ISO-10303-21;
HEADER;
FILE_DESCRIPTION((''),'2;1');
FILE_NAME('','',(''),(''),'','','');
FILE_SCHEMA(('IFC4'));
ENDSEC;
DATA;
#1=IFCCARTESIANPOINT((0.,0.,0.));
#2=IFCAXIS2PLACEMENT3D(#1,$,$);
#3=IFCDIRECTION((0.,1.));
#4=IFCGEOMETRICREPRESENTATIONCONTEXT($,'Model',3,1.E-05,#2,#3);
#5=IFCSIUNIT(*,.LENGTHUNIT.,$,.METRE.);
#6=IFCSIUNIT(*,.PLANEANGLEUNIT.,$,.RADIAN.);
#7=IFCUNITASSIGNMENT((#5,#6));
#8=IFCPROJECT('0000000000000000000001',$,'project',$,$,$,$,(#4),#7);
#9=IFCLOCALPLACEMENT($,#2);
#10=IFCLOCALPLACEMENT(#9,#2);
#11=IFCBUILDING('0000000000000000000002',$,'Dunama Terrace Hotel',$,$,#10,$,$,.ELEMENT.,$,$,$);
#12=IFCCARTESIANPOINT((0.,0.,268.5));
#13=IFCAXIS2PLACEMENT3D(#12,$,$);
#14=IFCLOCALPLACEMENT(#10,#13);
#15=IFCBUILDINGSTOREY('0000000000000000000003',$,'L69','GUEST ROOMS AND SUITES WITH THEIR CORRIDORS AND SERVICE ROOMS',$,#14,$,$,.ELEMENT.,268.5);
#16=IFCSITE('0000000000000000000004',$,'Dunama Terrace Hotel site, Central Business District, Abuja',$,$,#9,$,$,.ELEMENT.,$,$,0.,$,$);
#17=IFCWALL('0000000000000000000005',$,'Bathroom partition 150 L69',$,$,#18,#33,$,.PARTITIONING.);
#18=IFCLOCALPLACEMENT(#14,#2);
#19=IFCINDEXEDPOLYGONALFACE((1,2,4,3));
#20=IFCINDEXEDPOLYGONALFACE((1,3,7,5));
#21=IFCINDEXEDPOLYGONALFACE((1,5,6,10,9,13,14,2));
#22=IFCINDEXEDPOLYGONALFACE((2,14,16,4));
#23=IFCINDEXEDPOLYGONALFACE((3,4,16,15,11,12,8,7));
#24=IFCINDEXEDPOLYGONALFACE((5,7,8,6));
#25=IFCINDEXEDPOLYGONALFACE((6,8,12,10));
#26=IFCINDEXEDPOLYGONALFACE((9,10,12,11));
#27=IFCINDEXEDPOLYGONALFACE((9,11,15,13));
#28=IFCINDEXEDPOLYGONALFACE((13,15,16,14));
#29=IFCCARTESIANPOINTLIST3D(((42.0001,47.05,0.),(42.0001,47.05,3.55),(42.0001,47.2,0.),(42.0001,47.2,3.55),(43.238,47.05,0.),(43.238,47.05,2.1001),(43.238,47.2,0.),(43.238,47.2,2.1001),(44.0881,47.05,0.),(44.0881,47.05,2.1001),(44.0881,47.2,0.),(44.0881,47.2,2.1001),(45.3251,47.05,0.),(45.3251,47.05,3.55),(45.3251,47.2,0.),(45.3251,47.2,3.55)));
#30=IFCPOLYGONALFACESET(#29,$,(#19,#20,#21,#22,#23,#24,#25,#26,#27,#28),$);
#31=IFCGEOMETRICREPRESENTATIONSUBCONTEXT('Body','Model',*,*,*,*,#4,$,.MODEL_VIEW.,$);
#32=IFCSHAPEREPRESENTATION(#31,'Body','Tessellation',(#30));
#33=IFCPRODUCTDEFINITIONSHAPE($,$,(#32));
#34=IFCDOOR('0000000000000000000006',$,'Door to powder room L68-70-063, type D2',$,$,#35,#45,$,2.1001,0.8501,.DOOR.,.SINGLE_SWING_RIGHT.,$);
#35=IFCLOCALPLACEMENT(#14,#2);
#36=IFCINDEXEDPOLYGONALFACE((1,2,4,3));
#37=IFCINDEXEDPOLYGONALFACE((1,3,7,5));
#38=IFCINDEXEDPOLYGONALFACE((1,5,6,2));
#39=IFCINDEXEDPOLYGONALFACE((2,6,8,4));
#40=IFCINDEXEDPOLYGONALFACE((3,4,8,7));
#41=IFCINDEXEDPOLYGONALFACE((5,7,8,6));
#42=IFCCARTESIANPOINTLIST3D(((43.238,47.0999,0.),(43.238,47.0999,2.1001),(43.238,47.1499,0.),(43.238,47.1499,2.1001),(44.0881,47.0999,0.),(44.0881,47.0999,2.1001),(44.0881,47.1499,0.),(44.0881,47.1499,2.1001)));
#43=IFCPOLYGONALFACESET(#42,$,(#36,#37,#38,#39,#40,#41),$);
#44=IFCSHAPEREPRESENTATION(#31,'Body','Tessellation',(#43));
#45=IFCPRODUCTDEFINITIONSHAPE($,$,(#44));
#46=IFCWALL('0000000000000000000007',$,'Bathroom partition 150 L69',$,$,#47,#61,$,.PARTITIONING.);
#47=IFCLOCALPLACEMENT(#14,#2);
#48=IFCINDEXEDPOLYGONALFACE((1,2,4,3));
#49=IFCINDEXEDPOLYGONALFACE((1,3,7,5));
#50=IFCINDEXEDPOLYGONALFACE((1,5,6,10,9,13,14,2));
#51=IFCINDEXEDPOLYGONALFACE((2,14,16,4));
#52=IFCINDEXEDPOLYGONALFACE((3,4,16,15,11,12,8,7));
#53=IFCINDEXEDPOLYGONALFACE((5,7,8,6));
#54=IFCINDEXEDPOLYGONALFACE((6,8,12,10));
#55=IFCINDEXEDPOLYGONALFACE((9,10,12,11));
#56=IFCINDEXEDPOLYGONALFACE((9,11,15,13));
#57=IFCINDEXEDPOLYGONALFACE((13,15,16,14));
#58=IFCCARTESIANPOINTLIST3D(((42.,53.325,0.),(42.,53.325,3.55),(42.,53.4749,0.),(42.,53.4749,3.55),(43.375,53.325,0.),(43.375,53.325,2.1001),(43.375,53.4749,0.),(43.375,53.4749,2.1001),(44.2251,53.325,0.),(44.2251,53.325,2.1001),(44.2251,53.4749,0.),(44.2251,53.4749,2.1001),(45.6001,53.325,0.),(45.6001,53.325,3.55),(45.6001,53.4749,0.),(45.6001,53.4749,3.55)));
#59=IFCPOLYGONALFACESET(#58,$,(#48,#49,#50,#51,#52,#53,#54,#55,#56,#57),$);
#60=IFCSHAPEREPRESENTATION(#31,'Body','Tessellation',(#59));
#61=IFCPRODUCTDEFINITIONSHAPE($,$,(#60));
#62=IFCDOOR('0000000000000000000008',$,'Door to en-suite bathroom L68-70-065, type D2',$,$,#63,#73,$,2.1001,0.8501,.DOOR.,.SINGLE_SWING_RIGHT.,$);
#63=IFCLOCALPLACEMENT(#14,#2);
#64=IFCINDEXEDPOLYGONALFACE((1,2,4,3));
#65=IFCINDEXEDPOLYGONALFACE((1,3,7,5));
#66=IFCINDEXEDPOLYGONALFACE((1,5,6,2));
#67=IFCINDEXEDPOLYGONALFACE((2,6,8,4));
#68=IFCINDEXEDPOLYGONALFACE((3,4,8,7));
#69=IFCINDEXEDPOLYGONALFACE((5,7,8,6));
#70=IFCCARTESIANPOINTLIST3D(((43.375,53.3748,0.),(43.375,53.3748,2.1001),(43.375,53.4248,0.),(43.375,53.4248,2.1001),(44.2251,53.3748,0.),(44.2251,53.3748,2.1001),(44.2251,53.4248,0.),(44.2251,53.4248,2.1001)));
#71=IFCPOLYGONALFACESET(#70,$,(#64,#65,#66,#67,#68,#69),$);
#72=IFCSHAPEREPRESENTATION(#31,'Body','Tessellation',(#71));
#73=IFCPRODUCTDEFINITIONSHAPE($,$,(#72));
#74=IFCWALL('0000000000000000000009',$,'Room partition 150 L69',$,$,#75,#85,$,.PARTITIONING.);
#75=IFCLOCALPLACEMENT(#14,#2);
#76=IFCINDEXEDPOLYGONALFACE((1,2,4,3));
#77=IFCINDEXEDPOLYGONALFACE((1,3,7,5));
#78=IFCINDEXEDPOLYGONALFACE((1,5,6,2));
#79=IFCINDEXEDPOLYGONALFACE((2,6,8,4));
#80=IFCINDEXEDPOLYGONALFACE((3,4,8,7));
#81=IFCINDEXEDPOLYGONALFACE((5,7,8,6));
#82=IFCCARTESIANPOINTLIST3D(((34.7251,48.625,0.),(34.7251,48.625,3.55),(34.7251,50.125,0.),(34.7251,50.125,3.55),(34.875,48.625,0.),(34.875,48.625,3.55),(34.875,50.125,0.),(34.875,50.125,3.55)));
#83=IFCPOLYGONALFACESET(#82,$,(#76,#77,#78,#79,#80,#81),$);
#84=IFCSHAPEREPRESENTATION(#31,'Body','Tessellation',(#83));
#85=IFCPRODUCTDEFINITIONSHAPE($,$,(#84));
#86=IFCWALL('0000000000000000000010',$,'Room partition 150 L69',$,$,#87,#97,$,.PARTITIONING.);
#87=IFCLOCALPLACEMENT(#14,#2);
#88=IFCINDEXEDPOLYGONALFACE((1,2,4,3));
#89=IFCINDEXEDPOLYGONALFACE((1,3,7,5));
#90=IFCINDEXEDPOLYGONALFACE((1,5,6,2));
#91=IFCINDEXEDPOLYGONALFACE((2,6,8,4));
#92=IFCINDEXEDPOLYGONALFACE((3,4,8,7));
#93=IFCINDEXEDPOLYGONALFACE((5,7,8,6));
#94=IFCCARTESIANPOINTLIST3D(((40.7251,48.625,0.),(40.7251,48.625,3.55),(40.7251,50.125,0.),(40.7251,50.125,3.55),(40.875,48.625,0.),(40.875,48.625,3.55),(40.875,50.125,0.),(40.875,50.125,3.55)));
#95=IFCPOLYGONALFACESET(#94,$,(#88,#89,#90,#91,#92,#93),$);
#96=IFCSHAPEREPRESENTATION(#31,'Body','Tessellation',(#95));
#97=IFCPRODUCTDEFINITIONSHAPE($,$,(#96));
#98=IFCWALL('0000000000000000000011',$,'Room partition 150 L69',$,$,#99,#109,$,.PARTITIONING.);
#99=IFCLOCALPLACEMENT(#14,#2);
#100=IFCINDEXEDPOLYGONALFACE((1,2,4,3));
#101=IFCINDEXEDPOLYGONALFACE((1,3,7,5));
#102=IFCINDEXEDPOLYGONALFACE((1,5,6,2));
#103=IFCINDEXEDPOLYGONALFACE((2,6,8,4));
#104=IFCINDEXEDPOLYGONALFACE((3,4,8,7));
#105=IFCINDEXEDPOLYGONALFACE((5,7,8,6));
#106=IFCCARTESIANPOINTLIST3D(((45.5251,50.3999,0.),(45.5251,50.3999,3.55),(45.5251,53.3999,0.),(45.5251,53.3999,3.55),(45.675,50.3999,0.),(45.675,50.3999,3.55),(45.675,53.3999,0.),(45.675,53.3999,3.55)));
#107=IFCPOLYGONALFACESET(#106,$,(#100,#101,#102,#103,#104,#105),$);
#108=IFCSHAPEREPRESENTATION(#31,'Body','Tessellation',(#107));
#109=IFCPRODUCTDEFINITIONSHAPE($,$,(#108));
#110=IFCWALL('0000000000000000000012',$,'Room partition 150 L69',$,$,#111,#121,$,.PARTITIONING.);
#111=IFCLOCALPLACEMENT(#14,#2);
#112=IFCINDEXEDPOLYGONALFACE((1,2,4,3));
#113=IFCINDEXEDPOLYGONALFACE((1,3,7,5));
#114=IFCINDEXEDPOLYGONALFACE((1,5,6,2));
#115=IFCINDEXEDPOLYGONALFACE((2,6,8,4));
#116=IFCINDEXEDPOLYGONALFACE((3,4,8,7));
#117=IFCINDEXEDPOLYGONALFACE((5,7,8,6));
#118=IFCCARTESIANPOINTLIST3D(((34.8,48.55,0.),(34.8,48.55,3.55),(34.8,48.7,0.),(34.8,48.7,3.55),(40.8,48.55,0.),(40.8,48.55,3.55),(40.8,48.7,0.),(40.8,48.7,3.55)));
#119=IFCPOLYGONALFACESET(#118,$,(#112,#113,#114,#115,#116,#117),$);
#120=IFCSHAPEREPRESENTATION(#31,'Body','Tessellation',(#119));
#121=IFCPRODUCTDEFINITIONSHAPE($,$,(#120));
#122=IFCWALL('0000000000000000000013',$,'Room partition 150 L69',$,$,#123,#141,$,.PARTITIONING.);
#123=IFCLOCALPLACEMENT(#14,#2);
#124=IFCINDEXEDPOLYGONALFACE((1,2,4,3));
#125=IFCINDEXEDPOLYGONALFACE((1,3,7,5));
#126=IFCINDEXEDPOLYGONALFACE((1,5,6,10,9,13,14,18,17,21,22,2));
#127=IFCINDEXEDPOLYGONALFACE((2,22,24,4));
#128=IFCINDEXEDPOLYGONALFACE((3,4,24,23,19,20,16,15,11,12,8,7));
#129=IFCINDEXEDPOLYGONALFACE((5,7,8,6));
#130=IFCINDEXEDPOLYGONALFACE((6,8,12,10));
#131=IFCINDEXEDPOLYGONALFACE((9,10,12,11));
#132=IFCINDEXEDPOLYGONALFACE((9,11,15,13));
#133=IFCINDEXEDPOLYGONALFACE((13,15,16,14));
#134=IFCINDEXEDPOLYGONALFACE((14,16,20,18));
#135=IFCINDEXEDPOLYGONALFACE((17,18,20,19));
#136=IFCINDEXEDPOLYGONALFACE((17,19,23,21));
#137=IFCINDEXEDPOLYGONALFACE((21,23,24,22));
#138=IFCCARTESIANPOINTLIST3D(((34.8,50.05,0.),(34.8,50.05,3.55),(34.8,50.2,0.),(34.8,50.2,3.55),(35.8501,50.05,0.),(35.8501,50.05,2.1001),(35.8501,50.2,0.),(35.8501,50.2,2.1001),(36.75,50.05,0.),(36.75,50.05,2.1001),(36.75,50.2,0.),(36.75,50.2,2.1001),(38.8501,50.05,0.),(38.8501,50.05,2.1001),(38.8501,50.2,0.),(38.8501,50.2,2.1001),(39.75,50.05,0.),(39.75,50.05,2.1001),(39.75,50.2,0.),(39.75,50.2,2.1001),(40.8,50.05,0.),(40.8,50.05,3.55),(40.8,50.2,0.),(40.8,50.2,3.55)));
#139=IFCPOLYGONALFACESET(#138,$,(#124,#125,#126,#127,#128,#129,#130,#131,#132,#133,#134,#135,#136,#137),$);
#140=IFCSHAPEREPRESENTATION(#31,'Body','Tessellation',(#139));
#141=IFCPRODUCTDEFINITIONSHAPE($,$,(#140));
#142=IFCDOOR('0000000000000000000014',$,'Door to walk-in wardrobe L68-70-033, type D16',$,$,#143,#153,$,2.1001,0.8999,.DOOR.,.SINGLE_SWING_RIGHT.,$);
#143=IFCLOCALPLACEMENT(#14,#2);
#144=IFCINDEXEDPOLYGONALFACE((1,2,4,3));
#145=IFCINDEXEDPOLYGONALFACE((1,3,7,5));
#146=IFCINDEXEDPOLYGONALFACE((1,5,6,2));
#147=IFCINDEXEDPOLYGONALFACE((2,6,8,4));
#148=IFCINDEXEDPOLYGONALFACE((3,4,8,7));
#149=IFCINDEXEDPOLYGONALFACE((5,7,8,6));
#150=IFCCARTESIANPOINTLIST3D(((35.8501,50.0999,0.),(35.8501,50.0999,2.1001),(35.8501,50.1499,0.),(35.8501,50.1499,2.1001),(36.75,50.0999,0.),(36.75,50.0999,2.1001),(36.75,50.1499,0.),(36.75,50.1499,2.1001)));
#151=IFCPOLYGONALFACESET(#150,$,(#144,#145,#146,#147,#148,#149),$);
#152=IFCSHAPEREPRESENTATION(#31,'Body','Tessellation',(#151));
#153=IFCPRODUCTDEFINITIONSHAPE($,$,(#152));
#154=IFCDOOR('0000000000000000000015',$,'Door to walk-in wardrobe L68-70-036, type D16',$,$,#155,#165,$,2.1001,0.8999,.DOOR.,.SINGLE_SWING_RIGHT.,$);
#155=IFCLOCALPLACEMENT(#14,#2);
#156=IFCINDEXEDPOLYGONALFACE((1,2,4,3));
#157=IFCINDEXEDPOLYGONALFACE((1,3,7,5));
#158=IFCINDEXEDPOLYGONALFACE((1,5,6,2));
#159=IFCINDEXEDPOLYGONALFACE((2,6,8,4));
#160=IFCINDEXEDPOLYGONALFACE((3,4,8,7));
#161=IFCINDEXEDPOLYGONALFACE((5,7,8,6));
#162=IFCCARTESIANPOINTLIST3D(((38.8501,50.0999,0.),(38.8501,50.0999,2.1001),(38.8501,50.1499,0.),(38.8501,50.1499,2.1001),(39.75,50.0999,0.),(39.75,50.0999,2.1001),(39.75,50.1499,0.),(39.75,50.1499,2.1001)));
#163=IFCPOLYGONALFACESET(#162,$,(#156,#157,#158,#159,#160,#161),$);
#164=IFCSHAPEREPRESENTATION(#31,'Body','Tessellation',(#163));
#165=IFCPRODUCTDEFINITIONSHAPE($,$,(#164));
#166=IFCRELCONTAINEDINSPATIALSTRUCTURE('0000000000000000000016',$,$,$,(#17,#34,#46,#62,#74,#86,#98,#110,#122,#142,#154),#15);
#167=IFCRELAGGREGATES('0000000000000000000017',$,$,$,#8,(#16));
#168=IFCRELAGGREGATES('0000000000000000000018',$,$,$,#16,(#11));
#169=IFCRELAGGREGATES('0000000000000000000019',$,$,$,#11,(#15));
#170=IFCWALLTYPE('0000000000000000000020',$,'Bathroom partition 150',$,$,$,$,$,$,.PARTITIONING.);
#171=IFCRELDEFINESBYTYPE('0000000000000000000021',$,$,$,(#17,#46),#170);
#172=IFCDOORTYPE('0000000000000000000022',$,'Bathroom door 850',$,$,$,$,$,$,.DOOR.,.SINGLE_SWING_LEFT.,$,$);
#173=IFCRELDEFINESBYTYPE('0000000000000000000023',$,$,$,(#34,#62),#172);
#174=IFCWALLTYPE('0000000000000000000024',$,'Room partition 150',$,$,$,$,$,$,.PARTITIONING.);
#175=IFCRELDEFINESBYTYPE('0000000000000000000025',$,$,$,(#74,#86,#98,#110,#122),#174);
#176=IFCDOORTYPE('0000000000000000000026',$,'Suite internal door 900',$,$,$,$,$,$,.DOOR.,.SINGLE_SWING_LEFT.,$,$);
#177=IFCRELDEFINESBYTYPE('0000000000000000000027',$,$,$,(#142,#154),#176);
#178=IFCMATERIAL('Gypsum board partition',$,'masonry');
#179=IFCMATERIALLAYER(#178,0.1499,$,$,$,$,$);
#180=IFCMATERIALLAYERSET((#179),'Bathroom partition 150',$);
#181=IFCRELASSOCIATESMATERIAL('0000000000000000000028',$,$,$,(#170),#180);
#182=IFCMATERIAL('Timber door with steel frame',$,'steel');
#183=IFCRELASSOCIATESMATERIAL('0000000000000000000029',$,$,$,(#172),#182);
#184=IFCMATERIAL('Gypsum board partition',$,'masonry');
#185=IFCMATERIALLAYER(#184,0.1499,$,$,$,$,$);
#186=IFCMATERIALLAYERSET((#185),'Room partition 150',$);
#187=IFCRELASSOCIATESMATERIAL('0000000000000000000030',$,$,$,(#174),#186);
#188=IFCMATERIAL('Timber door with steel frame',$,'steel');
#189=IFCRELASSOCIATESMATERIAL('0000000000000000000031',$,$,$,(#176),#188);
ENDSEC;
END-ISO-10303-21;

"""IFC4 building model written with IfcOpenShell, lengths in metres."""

from ifc_helpers import new_model, si_unit, direction, frame, frame_2d, origin, place, context, subcontext, project, spatial, rectangle, extrude, material, layer, layer_set, type_object, element, fill, save


model = new_model("IFC4")

# Units and contexts
model_context = context("Model", 3, precision=1e-05, world=origin(), true_north=direction((0.0, 1.0)))
body_context = subcontext(model_context, "Body", "Model", "MODEL_VIEW")
ifc_project = project(units=[si_unit("LENGTHUNIT", "METRE"), si_unit("PLANEANGLEUNIT", "RADIAN")], contexts=[model_context])

# Site, building, storey
site_placement = place(None, origin())
site = spatial("IfcSite", under=ifc_project, at=site_placement, Name="Dunama Terrace Hotel site, Central Business District, Abuja", CompositionType="ELEMENT", RefElevation=0.0)
building_placement = place(site_placement, origin())
building = spatial("IfcBuilding", under=site, at=building_placement, Name="Dunama Terrace Hotel", CompositionType="ELEMENT")
storey_placement = place(building_placement, frame((0.0, 0.0, 268.5)))
storey = spatial("IfcBuildingStorey", under=building, at=storey_placement, Name="L69", Description="GUEST ROOMS AND SUITES WITH THEIR CORRIDORS AND SERVICE ROOMS", CompositionType="ELEMENT", Elevation=268.5)

# Shared definitions
ifc_material_1 = material(Name="Gypsum board partition", Category="masonry")
ifc_layer_1 = layer(ifc_material_1, 0.1499)
ifc_layer_set_1 = layer_set([ifc_layer_1], Name="Bathroom partition 150")
wall_type_1 = type_object("IfcWallType", Name="Bathroom partition 150", PredefinedType="PARTITIONING", material=ifc_layer_set_1)

# Walls, openings, doors
wall_1_placement = place(storey_placement, frame((42.0, 47.125, 0.0), z_axis=(0.0, 0.0, 1.0), x_axis=(1.0, 0.0, 0.0)))
wall_1 = element("IfcWall", 1, at=wall_1_placement, inside=storey, type_object=wall_type_1, Name="Bathroom partition 150 L69", PredefinedType="PARTITIONING", context=body_context, shape_type="SweptSolid", body=[
    extrude(rectangle(XDim=3.325, YDim=0.1499, at=frame_2d((1.6626, 0.0))), origin(), (0.0, 0.0, 1.0), 3.55),
])
opening_1_placement = place(wall_1_placement, frame((1.238, 0.0, 0.0)))
opening_1 = element("IfcOpeningElement", 2, at=opening_1_placement, cuts=wall_1, PredefinedType="OPENING", context=body_context, shape_type="SweptSolid", body=[
    extrude(rectangle(XDim=0.8501, YDim=2.1001, at=frame_2d((0.425, 1.05))), frame((0.0, 0.085, 0.0), z_axis=(0.0, -1.0, 0.0), x_axis=(1.0, 0.0, 0.0)), (0.0, 0.0, 1.0), 0.1699),
])
ifc_material_2 = material(Name="Timber door with steel frame", Category="steel")
door_type_1 = type_object("IfcDoorType", Name="Bathroom door 850", OperationType="SINGLE_SWING_LEFT", PredefinedType="DOOR", material=ifc_material_2)
door_1_placement = place(opening_1_placement, frame((0.8501, 0.0, 0.0), z_axis=(0.0, 0.0, 1.0), x_axis=(-1.0, 0.0, 0.0)))
door_1 = element("IfcDoor", 3, at=door_1_placement, inside=storey, type_object=door_type_1, Name="Door to powder room L68-70-063, type D2", OperationType="SINGLE_SWING_RIGHT", OverallHeight=2.1001, OverallWidth=0.8501, PredefinedType="DOOR", context=body_context, shape_type="SweptSolid", body=[
    extrude(rectangle(XDim=0.8501, YDim=2.1001, at=frame_2d((0.425, 1.05))), frame((0.0, 0.0251, 0.0), z_axis=(0.0, -1.0, 0.0), x_axis=(1.0, 0.0, 0.0)), (0.0, 0.0, 1.0), 0.05),
])
fill(opening_1, door_1)
wall_2_placement = place(storey_placement, frame((42.0, 53.3999, 0.0), z_axis=(0.0, 0.0, 1.0), x_axis=(1.0, 0.0, 0.0)))
wall_2 = element("IfcWall", 4, at=wall_2_placement, inside=storey, type_object=wall_type_1, Name="Bathroom partition 150 L69", PredefinedType="PARTITIONING", context=body_context, shape_type="SweptSolid", body=[
    extrude(rectangle(XDim=3.6001, YDim=0.1499, at=frame_2d((1.8, 0.0))), origin(), (0.0, 0.0, 1.0), 3.55),
])
opening_2_placement = place(wall_2_placement, frame((1.375, 0.0, 0.0)))
opening_2 = element("IfcOpeningElement", 5, at=opening_2_placement, cuts=wall_2, PredefinedType="OPENING", context=body_context, shape_type="SweptSolid", body=[
    extrude(rectangle(XDim=0.8501, YDim=2.1001, at=frame_2d((0.425, 1.05))), frame((0.0, 0.085, 0.0), z_axis=(0.0, -1.0, 0.0), x_axis=(1.0, 0.0, 0.0)), (0.0, 0.0, 1.0), 0.1699),
])
door_2_placement = place(opening_2_placement, frame((0.8501, 0.0, 0.0), z_axis=(0.0, 0.0, 1.0), x_axis=(-1.0, 0.0, 0.0)))
door_2 = element("IfcDoor", 6, at=door_2_placement, inside=storey, type_object=door_type_1, Name="Door to en-suite bathroom L68-70-065, type D2", OperationType="SINGLE_SWING_RIGHT", OverallHeight=2.1001, OverallWidth=0.8501, PredefinedType="DOOR", context=body_context, shape_type="SweptSolid", body=[
    extrude(rectangle(XDim=0.8501, YDim=2.1001, at=frame_2d((0.425, 1.05))), frame((0.0, 0.0251, 0.0), z_axis=(0.0, -1.0, 0.0), x_axis=(1.0, 0.0, 0.0)), (0.0, 0.0, 1.0), 0.05),
])
fill(opening_2, door_2)

# Walls
ifc_material_3 = material(Name="Gypsum board partition", Category="masonry")
ifc_layer_2 = layer(ifc_material_3, 0.1499)
ifc_layer_set_2 = layer_set([ifc_layer_2], Name="Room partition 150")
wall_type_2 = type_object("IfcWallType", Name="Room partition 150", PredefinedType="PARTITIONING", material=ifc_layer_set_2)
for number, where, z_axis, x_axis, name in (
    (7, (34.8, 48.625, 0.0), (0.0, 0.0, 1.0), (0.0, 1.0, 0.0), "Room partition 150 L69"),
    (8, (40.8, 48.625, 0.0), (0.0, 0.0, 1.0), (0.0, 1.0, 0.0), "Room partition 150 L69"),
):
    element("IfcWall", number, at=place(storey_placement, frame(where, z_axis=z_axis, x_axis=x_axis)), inside=storey, type_object=wall_type_2, Name=name, PredefinedType="PARTITIONING", context=body_context, shape_type="SweptSolid", body=[
        extrude(rectangle(XDim=1.5, YDim=0.1499, at=frame_2d((0.75, 0.0))), origin(), (0.0, 0.0, 1.0), 3.55),
    ])
wall_3_placement = place(storey_placement, frame((45.6001, 50.3999, 0.0), z_axis=(0.0, 0.0, 1.0), x_axis=(0.0, 1.0, 0.0)))
element("IfcWall", 9, at=wall_3_placement, inside=storey, type_object=wall_type_2, Name="Room partition 150 L69", PredefinedType="PARTITIONING", context=body_context, shape_type="SweptSolid", body=[
    extrude(rectangle(XDim=3.0, YDim=0.1499, at=frame_2d((1.5, 0.0))), origin(), (0.0, 0.0, 1.0), 3.55),
])
wall_4_placement = place(storey_placement, frame((34.8, 48.625, 0.0), z_axis=(0.0, 0.0, 1.0), x_axis=(1.0, 0.0, 0.0)))
element("IfcWall", 10, at=wall_4_placement, inside=storey, type_object=wall_type_2, Name="Room partition 150 L69", PredefinedType="PARTITIONING", context=body_context, shape_type="SweptSolid", body=[
    extrude(rectangle(XDim=6.0, YDim=0.1499, at=frame_2d((3.0, 0.0))), origin(), (0.0, 0.0, 1.0), 3.55),
])

# Wall, openings, doors
wall_5_placement = place(storey_placement, frame((34.8, 50.125, 0.0), z_axis=(0.0, 0.0, 1.0), x_axis=(1.0, 0.0, 0.0)))
wall_5 = element("IfcWall", 11, at=wall_5_placement, inside=storey, type_object=wall_type_2, Name="Room partition 150 L69", PredefinedType="PARTITIONING", context=body_context, shape_type="SweptSolid", body=[
    extrude(rectangle(XDim=6.0, YDim=0.1499, at=frame_2d((3.0, 0.0))), origin(), (0.0, 0.0, 1.0), 3.55),
])
opening_3_placement = place(wall_5_placement, frame((1.05, 0.0, 0.0)))
opening_3 = element("IfcOpeningElement", 12, at=opening_3_placement, cuts=wall_5, PredefinedType="OPENING", context=body_context, shape_type="SweptSolid", body=[
    extrude(rectangle(XDim=0.8999, YDim=2.1001, at=frame_2d((0.45, 1.05))), frame((0.0, 0.085, 0.0), z_axis=(0.0, -1.0, 0.0), x_axis=(1.0, 0.0, 0.0)), (0.0, 0.0, 1.0), 0.1699),
])
opening_4_placement = place(wall_5_placement, frame((4.05, 0.0, 0.0)))
opening_4 = element("IfcOpeningElement", 13, at=opening_4_placement, cuts=wall_5, PredefinedType="OPENING", context=body_context, shape_type="SweptSolid", body=[
    extrude(rectangle(XDim=0.8999, YDim=2.1001, at=frame_2d((0.45, 1.05))), frame((0.0, 0.085, 0.0), z_axis=(0.0, -1.0, 0.0), x_axis=(1.0, 0.0, 0.0)), (0.0, 0.0, 1.0), 0.1699),
])
ifc_material_4 = material(Name="Timber door with steel frame", Category="steel")
door_type_2 = type_object("IfcDoorType", Name="Suite internal door 900", OperationType="SINGLE_SWING_LEFT", PredefinedType="DOOR", material=ifc_material_4)
door_3_placement = place(opening_3_placement, frame((0.8999, 0.0, 0.0), z_axis=(0.0, 0.0, 1.0), x_axis=(-1.0, 0.0, 0.0)))
door_3 = element("IfcDoor", 14, at=door_3_placement, inside=storey, type_object=door_type_2, Name="Door to walk-in wardrobe L68-70-033, type D16", OperationType="SINGLE_SWING_RIGHT", OverallHeight=2.1001, OverallWidth=0.8999, PredefinedType="DOOR", context=body_context, shape_type="SweptSolid", body=[
    extrude(rectangle(XDim=0.8999, YDim=2.1001, at=frame_2d((0.45, 1.05))), frame((0.0, 0.0251, 0.0), z_axis=(0.0, -1.0, 0.0), x_axis=(1.0, 0.0, 0.0)), (0.0, 0.0, 1.0), 0.05),
])
fill(opening_3, door_3)
door_4_placement = place(opening_4_placement, frame((0.8999, 0.0, 0.0), z_axis=(0.0, 0.0, 1.0), x_axis=(-1.0, 0.0, 0.0)))
door_4 = element("IfcDoor", 15, at=door_4_placement, inside=storey, type_object=door_type_2, Name="Door to walk-in wardrobe L68-70-036, type D16", OperationType="SINGLE_SWING_RIGHT", OverallHeight=2.1001, OverallWidth=0.8999, PredefinedType="DOOR", context=body_context, shape_type="SweptSolid", body=[
    extrude(rectangle(XDim=0.8999, YDim=2.1001, at=frame_2d((0.45, 1.05))), frame((0.0, 0.0251, 0.0), z_axis=(0.0, -1.0, 0.0), x_axis=(1.0, 0.0, 0.0)), (0.0, 0.0, 1.0), 0.05),
])
fill(opening_4, door_4)

save(model, "model.ifc")
